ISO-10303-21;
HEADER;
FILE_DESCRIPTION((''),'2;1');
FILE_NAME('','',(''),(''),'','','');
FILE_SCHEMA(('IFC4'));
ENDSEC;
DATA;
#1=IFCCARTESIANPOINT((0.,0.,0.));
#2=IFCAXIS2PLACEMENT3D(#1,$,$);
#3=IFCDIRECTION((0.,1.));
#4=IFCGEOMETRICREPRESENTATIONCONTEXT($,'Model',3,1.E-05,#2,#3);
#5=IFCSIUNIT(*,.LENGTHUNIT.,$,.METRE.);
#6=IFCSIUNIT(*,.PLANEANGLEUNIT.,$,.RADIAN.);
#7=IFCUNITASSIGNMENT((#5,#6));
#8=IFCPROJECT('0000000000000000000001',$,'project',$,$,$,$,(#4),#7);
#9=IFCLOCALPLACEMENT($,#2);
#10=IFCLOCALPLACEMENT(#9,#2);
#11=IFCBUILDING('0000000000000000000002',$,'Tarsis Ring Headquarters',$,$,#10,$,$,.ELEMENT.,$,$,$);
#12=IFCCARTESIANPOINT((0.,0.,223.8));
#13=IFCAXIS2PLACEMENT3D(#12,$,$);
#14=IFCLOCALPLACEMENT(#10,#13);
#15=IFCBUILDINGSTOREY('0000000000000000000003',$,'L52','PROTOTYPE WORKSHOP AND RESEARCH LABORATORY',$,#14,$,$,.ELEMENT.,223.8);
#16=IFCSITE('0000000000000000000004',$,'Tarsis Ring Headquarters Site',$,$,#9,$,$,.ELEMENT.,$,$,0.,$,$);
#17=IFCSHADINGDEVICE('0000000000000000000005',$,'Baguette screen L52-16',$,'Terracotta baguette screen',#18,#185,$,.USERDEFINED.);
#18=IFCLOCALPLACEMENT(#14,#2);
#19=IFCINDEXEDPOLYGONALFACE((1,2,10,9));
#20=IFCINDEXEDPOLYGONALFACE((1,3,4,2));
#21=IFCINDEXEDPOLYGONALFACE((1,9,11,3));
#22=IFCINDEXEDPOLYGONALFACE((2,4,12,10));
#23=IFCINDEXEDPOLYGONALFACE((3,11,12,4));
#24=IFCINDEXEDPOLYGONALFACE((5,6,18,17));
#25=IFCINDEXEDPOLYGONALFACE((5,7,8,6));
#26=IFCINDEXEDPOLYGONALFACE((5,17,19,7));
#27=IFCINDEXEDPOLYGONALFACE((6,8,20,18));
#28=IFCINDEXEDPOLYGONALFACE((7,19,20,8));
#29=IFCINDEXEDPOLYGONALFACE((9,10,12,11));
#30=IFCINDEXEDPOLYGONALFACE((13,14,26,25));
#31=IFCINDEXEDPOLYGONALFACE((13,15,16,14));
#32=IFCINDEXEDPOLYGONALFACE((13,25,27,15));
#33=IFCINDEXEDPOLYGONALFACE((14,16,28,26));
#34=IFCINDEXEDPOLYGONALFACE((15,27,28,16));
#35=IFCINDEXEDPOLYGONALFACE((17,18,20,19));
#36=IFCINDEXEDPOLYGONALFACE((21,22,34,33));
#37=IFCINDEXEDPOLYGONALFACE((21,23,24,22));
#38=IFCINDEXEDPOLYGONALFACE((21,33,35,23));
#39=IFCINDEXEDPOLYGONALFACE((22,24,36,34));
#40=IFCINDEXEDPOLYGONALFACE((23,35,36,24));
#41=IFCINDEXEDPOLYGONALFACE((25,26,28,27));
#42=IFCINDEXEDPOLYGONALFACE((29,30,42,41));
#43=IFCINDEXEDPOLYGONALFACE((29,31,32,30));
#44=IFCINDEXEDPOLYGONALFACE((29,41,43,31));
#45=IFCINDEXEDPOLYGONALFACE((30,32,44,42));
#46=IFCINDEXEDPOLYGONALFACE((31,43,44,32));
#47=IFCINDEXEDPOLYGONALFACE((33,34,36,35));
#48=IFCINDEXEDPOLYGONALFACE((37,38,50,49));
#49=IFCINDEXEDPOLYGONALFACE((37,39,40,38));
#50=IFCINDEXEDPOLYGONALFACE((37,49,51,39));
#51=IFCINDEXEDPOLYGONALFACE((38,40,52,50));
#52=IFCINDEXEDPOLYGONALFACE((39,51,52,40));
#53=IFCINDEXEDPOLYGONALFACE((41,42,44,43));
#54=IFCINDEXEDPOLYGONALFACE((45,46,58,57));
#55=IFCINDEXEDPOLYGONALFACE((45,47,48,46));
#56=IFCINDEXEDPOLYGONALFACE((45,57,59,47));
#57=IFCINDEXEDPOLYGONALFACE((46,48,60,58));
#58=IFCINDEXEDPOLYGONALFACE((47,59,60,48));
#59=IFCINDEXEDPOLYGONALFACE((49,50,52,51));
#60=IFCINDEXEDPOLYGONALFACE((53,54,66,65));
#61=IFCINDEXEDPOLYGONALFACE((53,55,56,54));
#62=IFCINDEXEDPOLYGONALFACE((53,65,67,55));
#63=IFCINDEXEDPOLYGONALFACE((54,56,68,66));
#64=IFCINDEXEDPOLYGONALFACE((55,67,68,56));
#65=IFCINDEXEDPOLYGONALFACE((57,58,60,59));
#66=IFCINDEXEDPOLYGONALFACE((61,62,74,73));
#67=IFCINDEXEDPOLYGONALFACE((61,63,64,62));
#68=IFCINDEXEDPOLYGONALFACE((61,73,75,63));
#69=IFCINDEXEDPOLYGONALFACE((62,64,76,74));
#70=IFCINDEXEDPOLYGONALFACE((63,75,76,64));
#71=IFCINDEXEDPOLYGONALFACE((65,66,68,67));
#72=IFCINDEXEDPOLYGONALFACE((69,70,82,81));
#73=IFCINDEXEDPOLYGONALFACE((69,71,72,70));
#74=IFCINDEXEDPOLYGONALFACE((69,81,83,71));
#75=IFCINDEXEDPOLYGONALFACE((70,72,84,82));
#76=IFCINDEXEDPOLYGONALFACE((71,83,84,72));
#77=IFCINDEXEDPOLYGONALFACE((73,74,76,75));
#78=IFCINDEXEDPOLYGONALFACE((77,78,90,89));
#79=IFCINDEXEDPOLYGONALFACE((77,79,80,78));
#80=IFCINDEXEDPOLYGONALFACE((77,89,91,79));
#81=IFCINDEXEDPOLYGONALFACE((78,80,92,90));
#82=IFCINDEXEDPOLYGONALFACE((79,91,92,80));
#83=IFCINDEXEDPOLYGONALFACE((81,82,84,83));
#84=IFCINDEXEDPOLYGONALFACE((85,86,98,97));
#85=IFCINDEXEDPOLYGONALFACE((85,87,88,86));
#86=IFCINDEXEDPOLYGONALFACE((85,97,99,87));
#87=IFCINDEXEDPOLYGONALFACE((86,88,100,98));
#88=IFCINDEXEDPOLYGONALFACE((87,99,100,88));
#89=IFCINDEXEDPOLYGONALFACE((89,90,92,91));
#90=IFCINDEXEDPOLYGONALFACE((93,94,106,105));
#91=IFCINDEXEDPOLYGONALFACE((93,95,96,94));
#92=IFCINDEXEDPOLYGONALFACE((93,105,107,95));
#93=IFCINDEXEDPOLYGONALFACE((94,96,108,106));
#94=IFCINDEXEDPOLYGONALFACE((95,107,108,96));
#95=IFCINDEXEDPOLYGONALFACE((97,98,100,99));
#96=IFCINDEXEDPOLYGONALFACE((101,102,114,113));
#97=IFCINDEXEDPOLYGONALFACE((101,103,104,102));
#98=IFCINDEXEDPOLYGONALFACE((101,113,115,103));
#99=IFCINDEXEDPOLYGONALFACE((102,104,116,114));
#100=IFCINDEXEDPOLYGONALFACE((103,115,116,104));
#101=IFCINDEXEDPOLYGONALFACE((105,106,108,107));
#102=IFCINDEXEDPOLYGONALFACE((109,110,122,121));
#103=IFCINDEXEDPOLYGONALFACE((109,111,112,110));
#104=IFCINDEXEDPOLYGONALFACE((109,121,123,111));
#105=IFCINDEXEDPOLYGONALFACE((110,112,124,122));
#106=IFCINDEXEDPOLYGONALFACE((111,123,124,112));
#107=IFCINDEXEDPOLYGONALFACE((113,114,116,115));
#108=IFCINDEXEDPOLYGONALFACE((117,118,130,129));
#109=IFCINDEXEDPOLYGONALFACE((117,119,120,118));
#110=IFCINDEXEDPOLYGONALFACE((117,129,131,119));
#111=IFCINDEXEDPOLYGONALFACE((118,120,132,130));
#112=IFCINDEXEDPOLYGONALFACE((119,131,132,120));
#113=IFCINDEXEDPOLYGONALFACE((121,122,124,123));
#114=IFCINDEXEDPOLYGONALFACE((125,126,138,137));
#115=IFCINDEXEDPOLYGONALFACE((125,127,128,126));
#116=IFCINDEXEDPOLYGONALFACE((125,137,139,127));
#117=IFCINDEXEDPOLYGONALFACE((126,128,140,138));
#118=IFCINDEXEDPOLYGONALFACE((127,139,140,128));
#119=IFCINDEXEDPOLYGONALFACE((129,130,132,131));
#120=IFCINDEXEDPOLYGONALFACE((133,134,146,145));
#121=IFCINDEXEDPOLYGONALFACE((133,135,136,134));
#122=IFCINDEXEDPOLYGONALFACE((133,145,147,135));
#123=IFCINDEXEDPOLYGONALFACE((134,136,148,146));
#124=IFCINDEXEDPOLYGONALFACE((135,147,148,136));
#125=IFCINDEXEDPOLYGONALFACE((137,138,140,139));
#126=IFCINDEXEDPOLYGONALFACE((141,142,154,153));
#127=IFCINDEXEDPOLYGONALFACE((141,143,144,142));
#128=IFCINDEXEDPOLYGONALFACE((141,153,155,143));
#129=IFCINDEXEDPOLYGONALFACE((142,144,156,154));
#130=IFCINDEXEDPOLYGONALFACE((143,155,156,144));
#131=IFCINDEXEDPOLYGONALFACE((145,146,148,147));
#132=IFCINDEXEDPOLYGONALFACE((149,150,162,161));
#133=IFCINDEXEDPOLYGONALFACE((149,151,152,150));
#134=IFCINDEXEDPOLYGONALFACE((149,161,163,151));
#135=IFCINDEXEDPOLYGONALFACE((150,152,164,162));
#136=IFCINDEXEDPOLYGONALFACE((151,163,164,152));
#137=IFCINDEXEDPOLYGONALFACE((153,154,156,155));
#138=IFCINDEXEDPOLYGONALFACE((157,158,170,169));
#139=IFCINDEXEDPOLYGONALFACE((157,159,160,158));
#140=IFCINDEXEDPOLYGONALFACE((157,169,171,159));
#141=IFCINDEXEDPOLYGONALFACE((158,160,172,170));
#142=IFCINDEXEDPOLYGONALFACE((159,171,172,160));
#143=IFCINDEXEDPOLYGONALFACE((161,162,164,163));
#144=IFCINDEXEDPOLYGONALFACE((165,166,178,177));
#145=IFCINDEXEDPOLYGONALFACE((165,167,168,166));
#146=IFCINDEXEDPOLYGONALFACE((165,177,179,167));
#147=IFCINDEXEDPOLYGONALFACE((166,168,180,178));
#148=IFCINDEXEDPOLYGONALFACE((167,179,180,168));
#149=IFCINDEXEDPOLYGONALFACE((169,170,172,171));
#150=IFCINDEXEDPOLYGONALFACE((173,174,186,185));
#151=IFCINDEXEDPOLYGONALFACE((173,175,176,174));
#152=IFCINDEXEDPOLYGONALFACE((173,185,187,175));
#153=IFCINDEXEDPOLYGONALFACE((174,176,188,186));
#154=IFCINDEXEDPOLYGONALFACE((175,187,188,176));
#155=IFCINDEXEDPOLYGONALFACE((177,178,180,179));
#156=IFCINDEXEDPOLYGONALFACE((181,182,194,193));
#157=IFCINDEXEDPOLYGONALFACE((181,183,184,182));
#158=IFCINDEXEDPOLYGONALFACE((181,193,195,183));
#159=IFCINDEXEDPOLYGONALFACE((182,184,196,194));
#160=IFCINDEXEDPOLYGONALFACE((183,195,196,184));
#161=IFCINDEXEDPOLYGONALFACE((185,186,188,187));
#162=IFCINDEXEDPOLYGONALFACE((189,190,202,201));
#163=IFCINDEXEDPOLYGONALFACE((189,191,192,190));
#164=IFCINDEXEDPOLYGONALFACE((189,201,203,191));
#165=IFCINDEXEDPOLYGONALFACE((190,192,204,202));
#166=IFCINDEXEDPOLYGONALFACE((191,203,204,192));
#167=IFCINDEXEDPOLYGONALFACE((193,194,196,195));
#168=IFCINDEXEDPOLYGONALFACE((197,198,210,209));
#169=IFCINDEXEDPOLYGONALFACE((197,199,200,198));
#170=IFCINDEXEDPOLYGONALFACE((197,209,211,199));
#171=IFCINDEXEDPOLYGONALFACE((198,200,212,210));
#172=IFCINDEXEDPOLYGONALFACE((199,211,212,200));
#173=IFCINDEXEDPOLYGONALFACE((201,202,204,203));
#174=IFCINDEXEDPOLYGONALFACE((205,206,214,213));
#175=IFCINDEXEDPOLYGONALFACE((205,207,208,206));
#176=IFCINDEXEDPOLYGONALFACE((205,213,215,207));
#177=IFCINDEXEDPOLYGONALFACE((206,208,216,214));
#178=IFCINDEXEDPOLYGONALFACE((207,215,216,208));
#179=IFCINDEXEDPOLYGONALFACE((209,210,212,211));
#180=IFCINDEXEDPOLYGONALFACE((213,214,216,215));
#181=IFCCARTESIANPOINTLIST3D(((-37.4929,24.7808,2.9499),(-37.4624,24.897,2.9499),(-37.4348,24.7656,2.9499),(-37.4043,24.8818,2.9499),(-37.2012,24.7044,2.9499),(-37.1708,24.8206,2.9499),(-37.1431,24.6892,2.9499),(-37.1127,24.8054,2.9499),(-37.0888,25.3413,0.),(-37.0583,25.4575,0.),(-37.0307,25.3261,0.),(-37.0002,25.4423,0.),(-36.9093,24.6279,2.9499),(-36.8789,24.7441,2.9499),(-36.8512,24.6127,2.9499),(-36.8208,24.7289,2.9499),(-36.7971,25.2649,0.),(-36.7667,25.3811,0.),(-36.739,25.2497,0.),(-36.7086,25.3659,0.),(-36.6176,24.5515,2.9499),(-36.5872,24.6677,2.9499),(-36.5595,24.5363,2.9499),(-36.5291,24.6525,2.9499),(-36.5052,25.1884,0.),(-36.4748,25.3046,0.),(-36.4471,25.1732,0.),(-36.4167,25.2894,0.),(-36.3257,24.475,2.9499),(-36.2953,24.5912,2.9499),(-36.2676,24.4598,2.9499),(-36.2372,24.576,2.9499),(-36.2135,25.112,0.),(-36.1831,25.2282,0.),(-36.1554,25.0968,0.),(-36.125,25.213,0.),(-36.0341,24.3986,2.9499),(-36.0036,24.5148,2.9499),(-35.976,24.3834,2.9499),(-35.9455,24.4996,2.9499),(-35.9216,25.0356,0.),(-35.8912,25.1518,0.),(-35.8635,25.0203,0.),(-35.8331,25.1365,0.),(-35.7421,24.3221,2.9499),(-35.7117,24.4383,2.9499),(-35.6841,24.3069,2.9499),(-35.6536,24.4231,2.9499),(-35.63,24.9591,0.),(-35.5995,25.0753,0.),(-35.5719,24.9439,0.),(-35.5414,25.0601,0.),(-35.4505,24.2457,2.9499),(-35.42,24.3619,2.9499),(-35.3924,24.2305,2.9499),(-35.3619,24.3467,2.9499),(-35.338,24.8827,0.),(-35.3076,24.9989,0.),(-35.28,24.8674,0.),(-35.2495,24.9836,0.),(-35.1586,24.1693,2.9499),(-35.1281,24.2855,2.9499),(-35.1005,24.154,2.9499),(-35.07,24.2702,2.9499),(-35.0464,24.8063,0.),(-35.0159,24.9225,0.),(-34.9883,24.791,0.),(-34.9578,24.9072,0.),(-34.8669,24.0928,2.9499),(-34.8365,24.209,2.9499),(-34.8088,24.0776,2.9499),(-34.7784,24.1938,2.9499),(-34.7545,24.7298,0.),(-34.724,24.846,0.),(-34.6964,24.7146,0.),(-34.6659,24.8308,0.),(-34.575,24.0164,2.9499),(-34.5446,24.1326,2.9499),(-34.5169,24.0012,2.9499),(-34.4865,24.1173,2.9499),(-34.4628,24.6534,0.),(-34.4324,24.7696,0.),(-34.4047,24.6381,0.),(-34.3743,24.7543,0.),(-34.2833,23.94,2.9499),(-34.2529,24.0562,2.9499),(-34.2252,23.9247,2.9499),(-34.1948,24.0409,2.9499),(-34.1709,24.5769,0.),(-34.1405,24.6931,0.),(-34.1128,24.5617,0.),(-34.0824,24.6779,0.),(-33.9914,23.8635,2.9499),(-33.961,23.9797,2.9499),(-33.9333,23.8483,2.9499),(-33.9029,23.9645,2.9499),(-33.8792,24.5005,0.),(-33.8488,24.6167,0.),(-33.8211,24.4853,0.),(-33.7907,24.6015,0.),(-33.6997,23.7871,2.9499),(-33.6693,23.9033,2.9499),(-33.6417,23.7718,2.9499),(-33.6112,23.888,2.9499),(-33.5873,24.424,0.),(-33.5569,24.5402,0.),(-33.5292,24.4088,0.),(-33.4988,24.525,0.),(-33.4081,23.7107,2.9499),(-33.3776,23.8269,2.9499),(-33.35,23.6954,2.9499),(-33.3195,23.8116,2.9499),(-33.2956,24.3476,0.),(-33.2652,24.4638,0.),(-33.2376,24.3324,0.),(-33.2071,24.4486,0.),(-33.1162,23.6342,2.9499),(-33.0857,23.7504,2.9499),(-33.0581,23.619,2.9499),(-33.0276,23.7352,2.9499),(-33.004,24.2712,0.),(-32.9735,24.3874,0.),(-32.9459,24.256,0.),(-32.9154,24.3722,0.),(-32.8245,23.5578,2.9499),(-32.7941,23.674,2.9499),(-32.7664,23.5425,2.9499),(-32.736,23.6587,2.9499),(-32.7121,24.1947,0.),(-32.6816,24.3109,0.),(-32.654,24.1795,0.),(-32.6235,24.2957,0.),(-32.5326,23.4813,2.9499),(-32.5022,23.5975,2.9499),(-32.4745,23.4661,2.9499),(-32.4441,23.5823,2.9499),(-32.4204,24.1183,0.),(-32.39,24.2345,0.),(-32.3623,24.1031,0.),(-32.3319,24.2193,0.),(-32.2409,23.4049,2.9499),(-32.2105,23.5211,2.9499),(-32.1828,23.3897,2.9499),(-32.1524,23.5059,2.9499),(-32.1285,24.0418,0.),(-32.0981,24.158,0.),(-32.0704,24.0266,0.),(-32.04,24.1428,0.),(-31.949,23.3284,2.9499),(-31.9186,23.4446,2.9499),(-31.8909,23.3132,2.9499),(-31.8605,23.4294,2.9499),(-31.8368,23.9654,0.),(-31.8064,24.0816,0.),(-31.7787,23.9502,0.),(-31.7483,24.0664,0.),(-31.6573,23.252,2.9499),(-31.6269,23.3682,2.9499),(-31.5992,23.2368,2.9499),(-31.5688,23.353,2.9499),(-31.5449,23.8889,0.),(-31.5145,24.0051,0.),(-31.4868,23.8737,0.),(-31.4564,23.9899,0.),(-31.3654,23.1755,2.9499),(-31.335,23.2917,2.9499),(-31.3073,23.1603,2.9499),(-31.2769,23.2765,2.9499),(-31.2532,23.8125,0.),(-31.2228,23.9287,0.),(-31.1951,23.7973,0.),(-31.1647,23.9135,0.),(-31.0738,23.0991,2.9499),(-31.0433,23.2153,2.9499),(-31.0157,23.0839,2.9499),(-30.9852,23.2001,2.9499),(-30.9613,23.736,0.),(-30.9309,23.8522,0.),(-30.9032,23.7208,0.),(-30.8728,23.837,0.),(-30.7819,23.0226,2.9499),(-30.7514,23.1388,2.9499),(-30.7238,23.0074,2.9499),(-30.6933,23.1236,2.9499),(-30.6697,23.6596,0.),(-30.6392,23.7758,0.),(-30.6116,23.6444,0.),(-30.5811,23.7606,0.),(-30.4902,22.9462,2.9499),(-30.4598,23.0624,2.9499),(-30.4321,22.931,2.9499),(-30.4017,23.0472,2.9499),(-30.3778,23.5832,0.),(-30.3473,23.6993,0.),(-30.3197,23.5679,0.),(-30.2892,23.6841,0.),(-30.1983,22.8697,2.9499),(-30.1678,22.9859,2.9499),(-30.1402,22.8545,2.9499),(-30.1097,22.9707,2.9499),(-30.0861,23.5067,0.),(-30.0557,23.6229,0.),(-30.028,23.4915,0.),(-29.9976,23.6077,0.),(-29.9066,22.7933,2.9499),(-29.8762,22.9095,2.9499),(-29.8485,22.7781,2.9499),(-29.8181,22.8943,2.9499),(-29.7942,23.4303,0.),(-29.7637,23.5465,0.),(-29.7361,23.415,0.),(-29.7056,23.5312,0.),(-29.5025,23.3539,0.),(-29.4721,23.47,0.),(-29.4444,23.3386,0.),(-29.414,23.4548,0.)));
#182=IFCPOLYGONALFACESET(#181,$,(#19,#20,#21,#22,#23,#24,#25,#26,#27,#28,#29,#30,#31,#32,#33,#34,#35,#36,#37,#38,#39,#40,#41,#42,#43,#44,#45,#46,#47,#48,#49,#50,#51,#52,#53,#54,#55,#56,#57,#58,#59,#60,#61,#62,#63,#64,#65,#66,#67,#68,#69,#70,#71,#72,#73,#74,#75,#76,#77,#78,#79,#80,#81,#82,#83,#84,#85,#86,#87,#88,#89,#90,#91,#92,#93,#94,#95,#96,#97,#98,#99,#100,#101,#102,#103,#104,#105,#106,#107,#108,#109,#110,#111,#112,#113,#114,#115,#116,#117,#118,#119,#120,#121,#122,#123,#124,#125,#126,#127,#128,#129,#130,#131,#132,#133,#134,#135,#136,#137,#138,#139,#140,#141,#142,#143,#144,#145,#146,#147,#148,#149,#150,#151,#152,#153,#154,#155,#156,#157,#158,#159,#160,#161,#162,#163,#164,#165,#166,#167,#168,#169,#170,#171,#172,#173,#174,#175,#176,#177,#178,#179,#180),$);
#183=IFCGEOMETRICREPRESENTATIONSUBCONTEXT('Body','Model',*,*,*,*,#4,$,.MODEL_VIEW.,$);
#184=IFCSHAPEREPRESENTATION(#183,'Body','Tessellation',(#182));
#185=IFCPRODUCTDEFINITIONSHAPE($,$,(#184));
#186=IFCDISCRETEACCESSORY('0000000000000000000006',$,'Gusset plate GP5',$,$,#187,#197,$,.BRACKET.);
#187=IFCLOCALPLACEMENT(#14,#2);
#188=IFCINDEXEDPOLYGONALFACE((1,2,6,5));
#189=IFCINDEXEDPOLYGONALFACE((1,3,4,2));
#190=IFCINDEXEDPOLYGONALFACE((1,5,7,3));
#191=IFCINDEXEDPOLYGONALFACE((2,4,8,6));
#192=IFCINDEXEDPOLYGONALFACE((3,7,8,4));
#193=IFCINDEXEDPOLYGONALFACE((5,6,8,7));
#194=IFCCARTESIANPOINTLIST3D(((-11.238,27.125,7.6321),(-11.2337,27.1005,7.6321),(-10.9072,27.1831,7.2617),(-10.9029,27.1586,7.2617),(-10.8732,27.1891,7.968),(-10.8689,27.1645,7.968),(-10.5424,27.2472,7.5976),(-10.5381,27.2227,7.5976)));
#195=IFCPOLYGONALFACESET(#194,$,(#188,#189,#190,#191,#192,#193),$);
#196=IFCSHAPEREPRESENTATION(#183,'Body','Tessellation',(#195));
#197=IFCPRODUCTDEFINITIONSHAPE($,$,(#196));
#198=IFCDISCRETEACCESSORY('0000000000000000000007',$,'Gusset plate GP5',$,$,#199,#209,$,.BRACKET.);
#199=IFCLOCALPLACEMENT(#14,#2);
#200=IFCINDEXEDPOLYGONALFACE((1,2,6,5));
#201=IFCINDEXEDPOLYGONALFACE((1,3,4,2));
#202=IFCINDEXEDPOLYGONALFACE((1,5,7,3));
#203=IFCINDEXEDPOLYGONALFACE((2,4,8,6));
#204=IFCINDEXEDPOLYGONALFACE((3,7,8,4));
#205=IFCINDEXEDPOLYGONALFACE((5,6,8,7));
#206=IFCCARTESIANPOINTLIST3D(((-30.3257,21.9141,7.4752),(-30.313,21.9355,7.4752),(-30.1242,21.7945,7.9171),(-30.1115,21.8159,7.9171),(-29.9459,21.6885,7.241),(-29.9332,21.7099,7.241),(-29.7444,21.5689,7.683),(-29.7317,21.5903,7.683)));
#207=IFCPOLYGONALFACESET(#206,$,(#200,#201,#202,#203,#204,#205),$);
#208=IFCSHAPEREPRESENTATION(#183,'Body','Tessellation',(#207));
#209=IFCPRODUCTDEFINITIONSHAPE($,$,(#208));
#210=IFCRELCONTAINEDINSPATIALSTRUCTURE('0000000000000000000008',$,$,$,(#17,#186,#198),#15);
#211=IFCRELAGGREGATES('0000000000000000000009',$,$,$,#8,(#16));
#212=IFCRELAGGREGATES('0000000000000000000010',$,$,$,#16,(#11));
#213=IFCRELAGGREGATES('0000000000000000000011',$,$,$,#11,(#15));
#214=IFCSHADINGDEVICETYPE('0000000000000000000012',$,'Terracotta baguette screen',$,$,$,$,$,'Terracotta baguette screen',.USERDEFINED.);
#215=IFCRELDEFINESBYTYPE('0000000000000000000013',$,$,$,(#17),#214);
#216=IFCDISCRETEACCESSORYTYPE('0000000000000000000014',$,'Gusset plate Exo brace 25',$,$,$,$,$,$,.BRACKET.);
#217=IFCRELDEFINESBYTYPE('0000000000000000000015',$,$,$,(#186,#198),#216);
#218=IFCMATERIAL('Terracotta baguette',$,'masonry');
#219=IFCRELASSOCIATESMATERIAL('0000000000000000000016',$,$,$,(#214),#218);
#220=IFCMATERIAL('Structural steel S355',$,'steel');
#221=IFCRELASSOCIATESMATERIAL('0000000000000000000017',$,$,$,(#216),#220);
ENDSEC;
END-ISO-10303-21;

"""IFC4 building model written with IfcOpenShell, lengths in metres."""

from ifc_helpers import new_model, si_unit, direction, frame, frame_2d, origin, origin_2d, place, context, subcontext, project, spatial, rectangle, composite_profile, extrude, material, material_profile, profile_set, type_object, element, save


model = new_model("IFC4")

# Units and contexts
model_context = context("Model", 3, precision=1e-05, world=origin(), true_north=direction((0.0, 1.0)))
body_context = subcontext(model_context, "Body", "Model", "MODEL_VIEW")
ifc_project = project(units=[si_unit("LENGTHUNIT", "METRE"), si_unit("PLANEANGLEUNIT", "RADIAN")], contexts=[model_context])

# Site, building, storey
site_placement = place(None, origin())
site = spatial("IfcSite", under=ifc_project, at=site_placement, Name="Tarsis Ring Headquarters Site", CompositionType="ELEMENT", RefElevation=0.0)
building_placement = place(site_placement, origin())
building = spatial("IfcBuilding", under=site, at=building_placement, Name="Tarsis Ring Headquarters", CompositionType="ELEMENT")
storey_placement = place(building_placement, frame((0.0, 0.0, 223.8)))
storey = spatial("IfcBuildingStorey", under=building, at=storey_placement, Name="L52", Description="PROTOTYPE WORKSHOP AND RESEARCH LABORATORY", CompositionType="ELEMENT", Elevation=223.8)

# Shared definitions
ifc_material_1 = material(Name="Structural steel S355", Category="steel")

# Shading device
ifc_material_2 = material(Name="Terracotta baguette", Category="masonry")
shading_device_type = type_object("IfcShadingDeviceType", Name="Terracotta baguette screen", ElementType="Terracotta baguette screen", PredefinedType="USERDEFINED", material=ifc_material_2)
shading_device_1_placement = place(storey_placement, frame((-29.4292, 23.3967, 0.0), z_axis=(0.0, 0.0, 1.0), x_axis=(-0.967344, 0.253429, 0.0)))
element("IfcShadingDevice", 1, at=shading_device_1_placement, inside=storey, type_object=shading_device_type, Name="Baguette screen L52-16", ObjectType="Terracotta baguette screen", PredefinedType="USERDEFINED", context=body_context, shape_type="SweptSolid", body=[
    extrude(composite_profile([rectangle(XDim=0.0601, YDim=0.1201, at=frame_2d((0.03, 0.0))), rectangle(XDim=0.0601, YDim=0.1201, at=frame_2d((0.3315, 0.0))), rectangle(XDim=0.0601, YDim=0.1201, at=frame_2d((0.6333, 0.0))), rectangle(XDim=0.0601, YDim=0.1201, at=frame_2d((0.9348, 0.0))), rectangle(XDim=0.0601, YDim=0.1201, at=frame_2d((1.2366, 0.0))), rectangle(XDim=0.0601, YDim=0.1201, at=frame_2d((1.5381, 0.0))), rectangle(XDim=0.0601, YDim=0.1201, at=frame_2d((1.8398, 0.0))), rectangle(XDim=0.0601, YDim=0.1201, at=frame_2d((2.1414, 0.0))), rectangle(XDim=0.0601, YDim=0.1201, at=frame_2d((2.4431, 0.0))), rectangle(XDim=0.0601, YDim=0.1201, at=frame_2d((2.7446, 0.0))), rectangle(XDim=0.0601, YDim=0.1201, at=frame_2d((3.0464, 0.0))), rectangle(XDim=0.0601, YDim=0.1201, at=frame_2d((3.3479, 0.0))), rectangle(XDim=0.0601, YDim=0.1201, at=frame_2d((3.6497, 0.0))), rectangle(XDim=0.0601, YDim=0.1201, at=frame_2d((3.9512, 0.0))), rectangle(XDim=0.0601, YDim=0.1201, at=frame_2d((4.2527, 0.0))), rectangle(XDim=0.0601, YDim=0.1201, at=frame_2d((4.5544, 0.0))), rectangle(XDim=0.0601, YDim=0.1201, at=frame_2d((4.856, 0.0))), rectangle(XDim=0.0601, YDim=0.1201, at=frame_2d((5.1577, 0.0))), rectangle(XDim=0.0601, YDim=0.1201, at=frame_2d((5.4592, 0.0))), rectangle(XDim=0.0601, YDim=0.1201, at=frame_2d((5.761, 0.0))), rectangle(XDim=0.0601, YDim=0.1201, at=frame_2d((6.0625, 0.0))), rectangle(XDim=0.0601, YDim=0.1201, at=frame_2d((6.3643, 0.0))), rectangle(XDim=0.0601, YDim=0.1201, at=frame_2d((6.6658, 0.0))), rectangle(XDim=0.0601, YDim=0.1201, at=frame_2d((6.9675, 0.0))), rectangle(XDim=0.0601, YDim=0.1201, at=frame_2d((7.269, 0.0))), rectangle(XDim=0.0601, YDim=0.1201, at=frame_2d((7.5708, 0.0))), rectangle(XDim=0.0601, YDim=0.1201, at=frame_2d((7.8723, 0.0)))]), origin(), (0.082136, 0.212766, 0.973645), 3.0298),
])

# Discrete accessories
ifc_material_profile_1 = material_profile(ifc_material_1, rectangle(XDim=0.0249, YDim=0.5, at=origin_2d()), Name="PL 25x500")
ifc_profile_set_1 = profile_set([ifc_material_profile_1], Name="Structural steel S355")
discrete_accessory_type = type_object("IfcDiscreteAccessoryType", Name="Gusset plate Exo brace 25", PredefinedType="BRACKET", material=ifc_profile_set_1)
discrete_accessory_1_placement = place(storey_placement, frame((-11.0535, 27.1448, 7.8), z_axis=(0.661648, 0.116216, -0.740753), x_axis=(-0.172997, 0.984922, 0.0)))
element("IfcDiscreteAccessory", 2, at=discrete_accessory_1_placement, inside=storey, type_object=discrete_accessory_type, Name="Gusset plate GP5", PredefinedType="BRACKET", context=body_context, shape_type="SweptSolid", body=[
    extrude(rectangle(XDim=0.0249, YDim=0.5, at=origin_2d()), origin(), (0.0, 0.0, 1.0), 0.5),
])
discrete_accessory_2_placement = place(storey_placement, frame((-29.928, 21.6924, 7.8), z_axis=(-0.402711, 0.239186, -0.883524), x_axis=(-0.510659, -0.859783, 0.0)))
element("IfcDiscreteAccessory", 3, at=discrete_accessory_2_placement, inside=storey, type_object=discrete_accessory_type, Name="Gusset plate GP5", PredefinedType="BRACKET", context=body_context, shape_type="SweptSolid", body=[
    extrude(rectangle(XDim=0.0249, YDim=0.5, at=origin_2d()), origin(), (0.0, 0.0, 1.0), 0.5002),
])

save(model, "model.ifc")
